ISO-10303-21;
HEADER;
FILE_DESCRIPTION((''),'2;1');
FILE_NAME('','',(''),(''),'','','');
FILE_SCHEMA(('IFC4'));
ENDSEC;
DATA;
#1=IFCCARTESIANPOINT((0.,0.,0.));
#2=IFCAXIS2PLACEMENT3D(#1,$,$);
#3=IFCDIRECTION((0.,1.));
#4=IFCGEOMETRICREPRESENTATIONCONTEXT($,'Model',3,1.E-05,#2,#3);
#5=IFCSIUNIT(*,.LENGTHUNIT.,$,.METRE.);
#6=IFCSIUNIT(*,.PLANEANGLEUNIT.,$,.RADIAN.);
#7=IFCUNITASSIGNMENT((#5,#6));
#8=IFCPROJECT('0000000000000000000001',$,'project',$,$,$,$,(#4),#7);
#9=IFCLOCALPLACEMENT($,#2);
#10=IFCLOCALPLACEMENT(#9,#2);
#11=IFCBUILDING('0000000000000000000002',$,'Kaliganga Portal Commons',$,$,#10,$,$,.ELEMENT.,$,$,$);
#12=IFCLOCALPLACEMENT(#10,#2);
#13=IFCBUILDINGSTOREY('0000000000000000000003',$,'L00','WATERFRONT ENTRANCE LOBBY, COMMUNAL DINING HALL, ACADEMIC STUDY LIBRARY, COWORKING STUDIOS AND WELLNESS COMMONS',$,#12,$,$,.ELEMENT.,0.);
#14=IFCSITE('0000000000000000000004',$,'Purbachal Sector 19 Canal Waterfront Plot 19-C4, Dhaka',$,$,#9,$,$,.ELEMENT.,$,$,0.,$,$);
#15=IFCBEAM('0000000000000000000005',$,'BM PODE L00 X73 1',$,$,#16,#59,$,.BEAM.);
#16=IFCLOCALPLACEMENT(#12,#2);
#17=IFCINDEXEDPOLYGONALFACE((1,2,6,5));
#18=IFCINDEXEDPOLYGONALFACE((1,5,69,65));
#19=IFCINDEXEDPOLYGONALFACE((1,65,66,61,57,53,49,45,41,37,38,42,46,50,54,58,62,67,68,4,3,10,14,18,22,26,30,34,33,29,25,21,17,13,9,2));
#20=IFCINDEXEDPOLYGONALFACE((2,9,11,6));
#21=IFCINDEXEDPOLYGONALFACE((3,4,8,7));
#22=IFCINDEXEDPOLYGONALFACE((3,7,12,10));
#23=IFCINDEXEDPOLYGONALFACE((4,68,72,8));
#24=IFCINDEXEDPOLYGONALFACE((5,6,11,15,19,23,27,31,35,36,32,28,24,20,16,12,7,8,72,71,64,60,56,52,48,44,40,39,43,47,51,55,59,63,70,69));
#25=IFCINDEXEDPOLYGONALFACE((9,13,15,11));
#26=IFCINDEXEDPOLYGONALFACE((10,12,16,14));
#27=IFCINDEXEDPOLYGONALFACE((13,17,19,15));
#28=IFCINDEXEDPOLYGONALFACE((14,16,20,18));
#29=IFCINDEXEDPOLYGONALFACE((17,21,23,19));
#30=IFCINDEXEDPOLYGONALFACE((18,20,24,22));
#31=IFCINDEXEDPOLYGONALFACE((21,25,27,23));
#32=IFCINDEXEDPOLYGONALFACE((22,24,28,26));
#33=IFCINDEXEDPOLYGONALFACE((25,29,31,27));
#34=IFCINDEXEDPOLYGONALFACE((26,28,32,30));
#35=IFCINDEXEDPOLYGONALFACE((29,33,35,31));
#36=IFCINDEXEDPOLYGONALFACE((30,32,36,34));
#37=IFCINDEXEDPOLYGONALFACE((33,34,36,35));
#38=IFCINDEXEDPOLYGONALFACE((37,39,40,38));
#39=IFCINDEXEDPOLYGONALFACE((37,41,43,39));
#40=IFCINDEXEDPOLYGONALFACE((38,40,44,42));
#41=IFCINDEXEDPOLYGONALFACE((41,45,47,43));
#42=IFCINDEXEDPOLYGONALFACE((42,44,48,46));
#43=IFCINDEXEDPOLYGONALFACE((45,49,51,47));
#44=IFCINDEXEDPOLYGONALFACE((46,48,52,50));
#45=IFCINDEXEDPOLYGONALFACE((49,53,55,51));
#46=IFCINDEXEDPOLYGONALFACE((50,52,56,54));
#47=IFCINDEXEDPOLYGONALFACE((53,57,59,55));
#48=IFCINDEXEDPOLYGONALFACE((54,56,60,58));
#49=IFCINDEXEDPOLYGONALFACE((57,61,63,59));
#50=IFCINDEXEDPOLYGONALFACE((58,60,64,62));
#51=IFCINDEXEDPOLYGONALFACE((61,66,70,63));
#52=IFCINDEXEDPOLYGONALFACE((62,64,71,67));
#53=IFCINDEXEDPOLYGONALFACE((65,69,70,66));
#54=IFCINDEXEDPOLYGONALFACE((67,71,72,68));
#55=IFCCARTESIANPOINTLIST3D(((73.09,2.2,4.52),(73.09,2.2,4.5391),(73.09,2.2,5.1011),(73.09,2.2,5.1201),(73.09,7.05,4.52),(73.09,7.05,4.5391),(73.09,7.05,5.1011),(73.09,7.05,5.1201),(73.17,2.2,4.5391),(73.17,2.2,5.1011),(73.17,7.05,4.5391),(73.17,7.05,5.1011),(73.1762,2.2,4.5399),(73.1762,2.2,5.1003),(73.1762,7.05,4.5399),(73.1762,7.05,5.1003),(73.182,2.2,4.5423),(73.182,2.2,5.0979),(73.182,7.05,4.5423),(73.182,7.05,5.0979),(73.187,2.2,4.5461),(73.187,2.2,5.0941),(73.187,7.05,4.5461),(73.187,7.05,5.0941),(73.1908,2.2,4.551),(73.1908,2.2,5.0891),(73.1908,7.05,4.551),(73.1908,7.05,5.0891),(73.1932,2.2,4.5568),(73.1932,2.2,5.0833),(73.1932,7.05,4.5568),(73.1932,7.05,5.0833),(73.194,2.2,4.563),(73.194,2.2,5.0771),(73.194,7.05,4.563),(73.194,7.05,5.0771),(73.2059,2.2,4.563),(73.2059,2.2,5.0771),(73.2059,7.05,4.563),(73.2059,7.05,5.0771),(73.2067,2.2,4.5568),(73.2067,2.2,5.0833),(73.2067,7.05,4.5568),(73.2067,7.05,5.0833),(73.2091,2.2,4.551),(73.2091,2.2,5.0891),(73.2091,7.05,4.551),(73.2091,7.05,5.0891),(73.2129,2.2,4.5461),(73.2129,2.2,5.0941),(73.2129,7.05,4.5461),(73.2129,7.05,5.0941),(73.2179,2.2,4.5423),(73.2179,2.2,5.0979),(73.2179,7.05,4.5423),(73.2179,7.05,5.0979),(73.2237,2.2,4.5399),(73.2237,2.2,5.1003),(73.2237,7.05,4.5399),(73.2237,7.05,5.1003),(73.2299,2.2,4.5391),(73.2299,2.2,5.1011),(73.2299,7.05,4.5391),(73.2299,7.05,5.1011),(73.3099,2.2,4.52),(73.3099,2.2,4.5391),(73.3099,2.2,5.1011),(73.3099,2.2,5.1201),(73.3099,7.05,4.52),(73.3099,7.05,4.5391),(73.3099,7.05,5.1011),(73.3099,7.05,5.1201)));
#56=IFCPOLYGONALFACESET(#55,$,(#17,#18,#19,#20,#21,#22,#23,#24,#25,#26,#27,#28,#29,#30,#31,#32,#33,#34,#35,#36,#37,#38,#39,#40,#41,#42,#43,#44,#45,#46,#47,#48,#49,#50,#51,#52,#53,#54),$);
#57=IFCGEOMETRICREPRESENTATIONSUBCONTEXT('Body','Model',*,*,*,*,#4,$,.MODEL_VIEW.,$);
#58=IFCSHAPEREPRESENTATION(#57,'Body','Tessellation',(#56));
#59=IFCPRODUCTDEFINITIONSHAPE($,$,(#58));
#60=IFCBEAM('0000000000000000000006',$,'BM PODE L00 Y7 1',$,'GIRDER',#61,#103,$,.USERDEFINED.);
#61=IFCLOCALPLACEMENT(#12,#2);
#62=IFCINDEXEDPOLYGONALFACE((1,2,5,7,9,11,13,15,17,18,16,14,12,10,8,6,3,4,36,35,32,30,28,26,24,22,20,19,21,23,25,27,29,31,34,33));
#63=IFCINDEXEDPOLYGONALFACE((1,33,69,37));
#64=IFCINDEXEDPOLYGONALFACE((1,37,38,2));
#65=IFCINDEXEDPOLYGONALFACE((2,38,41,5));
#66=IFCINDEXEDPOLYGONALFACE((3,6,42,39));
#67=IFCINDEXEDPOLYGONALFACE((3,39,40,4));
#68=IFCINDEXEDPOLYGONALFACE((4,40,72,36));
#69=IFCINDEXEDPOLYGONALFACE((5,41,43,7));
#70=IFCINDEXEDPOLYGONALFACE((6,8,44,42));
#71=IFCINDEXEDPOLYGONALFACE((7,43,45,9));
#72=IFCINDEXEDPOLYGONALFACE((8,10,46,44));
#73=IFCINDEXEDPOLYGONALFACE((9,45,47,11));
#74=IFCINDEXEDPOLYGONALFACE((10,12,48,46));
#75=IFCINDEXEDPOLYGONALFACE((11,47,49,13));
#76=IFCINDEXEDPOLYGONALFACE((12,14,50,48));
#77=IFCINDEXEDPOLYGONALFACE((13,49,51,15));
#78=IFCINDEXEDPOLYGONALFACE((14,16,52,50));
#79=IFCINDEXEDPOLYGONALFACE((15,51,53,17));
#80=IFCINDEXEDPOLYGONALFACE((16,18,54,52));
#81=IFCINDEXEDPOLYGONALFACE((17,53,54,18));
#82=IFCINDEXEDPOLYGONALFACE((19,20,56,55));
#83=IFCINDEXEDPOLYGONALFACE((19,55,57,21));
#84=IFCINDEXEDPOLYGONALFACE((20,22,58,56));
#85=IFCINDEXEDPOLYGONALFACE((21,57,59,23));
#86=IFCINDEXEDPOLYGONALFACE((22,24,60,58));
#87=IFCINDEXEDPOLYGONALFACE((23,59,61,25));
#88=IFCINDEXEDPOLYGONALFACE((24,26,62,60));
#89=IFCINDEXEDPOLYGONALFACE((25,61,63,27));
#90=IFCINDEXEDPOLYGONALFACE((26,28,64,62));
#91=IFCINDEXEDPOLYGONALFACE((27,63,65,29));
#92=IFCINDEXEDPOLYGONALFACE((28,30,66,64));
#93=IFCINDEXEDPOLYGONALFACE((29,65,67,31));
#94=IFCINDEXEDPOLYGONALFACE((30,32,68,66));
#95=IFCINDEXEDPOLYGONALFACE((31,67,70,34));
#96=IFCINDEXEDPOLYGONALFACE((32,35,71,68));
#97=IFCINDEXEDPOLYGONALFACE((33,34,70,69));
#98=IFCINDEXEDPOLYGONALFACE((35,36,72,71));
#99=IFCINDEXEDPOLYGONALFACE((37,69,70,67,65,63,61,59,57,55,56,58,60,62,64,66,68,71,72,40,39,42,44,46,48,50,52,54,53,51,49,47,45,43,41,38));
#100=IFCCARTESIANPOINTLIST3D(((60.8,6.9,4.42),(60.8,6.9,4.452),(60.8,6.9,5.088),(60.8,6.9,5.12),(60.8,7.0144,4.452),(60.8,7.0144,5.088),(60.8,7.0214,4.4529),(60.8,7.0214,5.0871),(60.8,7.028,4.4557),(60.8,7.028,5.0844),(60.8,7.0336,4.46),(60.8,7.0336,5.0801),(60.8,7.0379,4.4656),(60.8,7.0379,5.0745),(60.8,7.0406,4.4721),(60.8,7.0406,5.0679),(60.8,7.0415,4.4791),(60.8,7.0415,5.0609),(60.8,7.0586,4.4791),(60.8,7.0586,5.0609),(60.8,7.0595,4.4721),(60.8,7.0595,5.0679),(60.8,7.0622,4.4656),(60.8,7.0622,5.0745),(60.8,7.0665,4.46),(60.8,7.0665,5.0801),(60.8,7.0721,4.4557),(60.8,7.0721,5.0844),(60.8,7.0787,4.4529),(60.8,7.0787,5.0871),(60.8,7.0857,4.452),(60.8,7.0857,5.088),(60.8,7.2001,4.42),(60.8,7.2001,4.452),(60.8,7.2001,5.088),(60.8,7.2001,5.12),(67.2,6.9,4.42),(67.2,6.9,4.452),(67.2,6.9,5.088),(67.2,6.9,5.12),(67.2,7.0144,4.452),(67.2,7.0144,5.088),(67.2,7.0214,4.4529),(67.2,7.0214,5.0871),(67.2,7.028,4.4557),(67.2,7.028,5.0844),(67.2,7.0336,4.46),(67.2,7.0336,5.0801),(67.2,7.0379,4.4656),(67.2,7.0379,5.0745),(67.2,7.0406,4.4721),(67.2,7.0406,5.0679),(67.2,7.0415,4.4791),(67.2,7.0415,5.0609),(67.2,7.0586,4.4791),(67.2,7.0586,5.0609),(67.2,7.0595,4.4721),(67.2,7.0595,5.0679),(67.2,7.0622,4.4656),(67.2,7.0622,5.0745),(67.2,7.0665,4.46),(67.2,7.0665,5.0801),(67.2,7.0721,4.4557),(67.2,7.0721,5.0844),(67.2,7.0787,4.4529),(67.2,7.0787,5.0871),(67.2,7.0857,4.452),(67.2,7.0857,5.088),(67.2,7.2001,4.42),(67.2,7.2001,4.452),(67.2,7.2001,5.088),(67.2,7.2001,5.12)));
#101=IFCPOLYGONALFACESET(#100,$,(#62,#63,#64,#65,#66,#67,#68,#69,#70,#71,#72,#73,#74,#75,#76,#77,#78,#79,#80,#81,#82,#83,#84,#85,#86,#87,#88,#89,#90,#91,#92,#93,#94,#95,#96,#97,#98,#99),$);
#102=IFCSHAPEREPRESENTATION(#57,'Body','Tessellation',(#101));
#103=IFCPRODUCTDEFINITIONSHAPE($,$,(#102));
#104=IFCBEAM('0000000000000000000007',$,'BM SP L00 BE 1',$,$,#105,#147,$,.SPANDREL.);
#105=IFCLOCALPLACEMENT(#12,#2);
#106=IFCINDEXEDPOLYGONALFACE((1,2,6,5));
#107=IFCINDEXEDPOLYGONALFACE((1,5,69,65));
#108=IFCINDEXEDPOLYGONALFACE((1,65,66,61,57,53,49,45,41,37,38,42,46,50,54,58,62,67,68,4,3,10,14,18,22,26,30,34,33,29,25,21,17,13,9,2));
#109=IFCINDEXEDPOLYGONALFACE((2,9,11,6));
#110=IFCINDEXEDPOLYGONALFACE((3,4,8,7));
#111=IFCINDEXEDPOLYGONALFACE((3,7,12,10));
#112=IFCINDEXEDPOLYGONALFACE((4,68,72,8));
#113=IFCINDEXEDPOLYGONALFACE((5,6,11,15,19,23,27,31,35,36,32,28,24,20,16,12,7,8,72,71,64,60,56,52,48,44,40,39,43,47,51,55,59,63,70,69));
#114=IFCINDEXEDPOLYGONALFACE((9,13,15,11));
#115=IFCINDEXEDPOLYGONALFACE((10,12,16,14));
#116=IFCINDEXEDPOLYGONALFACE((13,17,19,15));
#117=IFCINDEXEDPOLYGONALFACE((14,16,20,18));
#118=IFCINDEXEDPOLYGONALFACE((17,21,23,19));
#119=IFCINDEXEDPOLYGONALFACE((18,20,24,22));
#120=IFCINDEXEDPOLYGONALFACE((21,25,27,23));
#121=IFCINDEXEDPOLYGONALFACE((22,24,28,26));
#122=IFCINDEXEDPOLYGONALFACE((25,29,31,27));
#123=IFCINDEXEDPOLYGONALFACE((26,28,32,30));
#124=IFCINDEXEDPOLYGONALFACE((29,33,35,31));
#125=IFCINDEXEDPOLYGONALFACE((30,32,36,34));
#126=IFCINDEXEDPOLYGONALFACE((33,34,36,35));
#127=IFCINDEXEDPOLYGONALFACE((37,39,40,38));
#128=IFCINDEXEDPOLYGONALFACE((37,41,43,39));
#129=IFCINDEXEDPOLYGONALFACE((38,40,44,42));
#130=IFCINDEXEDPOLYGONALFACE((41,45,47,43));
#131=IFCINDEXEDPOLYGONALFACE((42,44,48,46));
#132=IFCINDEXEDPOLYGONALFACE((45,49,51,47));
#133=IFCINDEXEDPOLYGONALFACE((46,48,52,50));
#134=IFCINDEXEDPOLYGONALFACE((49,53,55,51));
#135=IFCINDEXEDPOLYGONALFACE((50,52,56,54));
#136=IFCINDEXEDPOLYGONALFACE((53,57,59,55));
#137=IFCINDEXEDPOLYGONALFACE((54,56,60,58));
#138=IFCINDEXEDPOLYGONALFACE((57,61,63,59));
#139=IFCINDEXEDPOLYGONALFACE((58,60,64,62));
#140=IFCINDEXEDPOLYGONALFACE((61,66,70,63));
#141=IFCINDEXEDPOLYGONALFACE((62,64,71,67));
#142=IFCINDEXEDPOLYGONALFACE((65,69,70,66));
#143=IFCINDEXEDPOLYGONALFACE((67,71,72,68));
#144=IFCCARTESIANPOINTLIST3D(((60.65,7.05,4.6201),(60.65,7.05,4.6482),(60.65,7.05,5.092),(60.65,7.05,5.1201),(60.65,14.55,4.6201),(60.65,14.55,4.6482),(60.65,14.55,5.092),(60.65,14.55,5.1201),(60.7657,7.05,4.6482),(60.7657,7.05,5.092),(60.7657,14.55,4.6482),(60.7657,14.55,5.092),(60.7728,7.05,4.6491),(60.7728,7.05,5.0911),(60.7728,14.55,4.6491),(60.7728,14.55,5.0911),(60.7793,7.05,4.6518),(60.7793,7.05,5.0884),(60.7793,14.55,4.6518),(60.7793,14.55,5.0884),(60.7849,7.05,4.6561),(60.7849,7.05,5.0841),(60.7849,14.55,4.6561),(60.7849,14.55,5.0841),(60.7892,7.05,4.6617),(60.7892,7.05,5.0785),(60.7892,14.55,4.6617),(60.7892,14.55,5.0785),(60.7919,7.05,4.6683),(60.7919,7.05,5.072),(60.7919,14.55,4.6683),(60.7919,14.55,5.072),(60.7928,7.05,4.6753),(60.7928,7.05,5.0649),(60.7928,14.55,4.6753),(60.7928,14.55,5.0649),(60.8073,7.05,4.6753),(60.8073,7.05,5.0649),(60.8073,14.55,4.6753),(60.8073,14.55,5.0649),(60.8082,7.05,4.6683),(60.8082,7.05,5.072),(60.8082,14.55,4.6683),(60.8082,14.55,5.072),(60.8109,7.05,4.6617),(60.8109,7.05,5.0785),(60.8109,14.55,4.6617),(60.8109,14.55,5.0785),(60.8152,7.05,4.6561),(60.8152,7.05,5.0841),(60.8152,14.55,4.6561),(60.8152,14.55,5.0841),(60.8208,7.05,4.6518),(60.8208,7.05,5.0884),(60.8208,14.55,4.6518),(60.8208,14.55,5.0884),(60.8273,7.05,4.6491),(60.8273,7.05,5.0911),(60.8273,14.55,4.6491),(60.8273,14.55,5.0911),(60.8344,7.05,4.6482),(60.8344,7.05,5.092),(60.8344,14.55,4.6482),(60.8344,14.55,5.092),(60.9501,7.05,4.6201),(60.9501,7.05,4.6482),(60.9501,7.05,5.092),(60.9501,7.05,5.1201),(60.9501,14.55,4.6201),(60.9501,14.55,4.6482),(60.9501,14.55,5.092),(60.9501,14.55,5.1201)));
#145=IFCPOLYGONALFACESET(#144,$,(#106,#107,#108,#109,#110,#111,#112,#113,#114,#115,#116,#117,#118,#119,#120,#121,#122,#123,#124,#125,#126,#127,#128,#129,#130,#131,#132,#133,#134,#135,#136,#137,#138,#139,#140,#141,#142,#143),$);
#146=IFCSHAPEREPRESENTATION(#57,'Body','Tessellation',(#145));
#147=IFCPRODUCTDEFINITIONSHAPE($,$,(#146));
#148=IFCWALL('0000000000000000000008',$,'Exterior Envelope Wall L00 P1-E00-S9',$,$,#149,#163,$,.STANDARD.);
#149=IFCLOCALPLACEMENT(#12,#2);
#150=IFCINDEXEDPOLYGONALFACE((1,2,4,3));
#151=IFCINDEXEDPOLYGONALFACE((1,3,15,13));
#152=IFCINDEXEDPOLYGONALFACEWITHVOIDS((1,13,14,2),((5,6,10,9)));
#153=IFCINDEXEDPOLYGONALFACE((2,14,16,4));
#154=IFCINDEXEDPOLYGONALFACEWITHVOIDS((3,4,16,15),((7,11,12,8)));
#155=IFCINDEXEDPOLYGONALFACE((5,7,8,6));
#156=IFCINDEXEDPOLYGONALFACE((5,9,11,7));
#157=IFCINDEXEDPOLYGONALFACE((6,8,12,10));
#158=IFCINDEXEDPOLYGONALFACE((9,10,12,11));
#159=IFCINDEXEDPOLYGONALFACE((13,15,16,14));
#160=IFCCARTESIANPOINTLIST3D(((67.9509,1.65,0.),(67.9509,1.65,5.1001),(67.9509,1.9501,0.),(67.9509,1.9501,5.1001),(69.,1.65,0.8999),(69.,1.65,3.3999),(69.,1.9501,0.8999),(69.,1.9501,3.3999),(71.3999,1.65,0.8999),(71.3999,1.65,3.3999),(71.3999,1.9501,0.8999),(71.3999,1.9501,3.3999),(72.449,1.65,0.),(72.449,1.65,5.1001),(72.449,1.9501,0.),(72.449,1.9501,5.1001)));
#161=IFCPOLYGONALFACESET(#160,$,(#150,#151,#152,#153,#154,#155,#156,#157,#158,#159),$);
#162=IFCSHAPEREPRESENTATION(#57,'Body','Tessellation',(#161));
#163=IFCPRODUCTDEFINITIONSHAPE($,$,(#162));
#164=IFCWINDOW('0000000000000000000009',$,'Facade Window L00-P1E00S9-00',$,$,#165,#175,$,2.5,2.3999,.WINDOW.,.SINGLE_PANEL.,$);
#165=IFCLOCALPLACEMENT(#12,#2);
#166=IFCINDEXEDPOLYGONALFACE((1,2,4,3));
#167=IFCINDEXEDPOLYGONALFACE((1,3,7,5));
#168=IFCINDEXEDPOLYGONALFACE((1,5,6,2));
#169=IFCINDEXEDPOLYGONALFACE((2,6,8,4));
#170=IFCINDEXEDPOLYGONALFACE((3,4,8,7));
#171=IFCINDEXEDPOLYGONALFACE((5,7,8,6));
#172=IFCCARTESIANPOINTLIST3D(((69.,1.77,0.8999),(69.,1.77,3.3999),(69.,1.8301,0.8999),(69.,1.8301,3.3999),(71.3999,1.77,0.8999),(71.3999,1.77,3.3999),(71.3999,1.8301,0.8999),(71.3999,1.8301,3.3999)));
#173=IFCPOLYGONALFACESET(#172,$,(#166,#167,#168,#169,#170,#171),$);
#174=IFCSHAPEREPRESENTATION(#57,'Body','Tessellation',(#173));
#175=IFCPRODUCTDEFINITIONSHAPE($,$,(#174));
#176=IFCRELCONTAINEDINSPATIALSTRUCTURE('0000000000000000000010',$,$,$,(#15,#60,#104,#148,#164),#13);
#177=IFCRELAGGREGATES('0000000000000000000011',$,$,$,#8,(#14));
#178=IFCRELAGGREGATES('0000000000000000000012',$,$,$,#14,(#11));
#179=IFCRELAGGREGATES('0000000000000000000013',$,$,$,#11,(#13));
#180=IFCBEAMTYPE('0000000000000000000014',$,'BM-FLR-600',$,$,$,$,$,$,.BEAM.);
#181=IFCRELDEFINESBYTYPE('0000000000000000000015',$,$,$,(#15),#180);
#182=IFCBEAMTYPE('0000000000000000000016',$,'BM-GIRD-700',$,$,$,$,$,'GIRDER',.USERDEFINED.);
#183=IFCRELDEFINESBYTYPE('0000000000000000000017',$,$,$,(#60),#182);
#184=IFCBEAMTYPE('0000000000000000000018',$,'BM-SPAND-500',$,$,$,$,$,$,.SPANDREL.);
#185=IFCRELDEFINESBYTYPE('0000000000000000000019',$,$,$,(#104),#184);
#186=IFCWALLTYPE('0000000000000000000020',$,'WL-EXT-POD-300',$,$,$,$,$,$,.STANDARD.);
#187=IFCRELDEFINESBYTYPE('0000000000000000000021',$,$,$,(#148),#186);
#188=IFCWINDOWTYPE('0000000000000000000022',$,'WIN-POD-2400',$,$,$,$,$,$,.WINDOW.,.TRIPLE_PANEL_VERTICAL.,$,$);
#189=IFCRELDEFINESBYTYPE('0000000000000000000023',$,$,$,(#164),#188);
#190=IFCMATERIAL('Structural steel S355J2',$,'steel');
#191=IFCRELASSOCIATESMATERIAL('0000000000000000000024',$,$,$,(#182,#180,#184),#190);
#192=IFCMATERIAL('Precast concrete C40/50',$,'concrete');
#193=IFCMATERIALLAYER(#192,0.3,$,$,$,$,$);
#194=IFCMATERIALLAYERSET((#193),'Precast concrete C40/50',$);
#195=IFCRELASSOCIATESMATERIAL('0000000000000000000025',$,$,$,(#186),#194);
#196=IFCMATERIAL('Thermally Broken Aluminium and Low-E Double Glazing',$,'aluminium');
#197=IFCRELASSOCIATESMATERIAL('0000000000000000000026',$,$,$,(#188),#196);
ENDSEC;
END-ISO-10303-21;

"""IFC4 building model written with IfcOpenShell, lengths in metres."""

from ifc_helpers import new_model, si_unit, direction, frame, frame_2d, origin, origin_2d, place, context, subcontext, project, spatial, rectangle, i_section, extrude, source, transform, mapped, material, layer, layer_set, material_profile, profile_set, type_object, element, fill, save


model = new_model("IFC4")

# Units and contexts
model_context = context("Model", 3, precision=1e-05, world=origin(), true_north=direction((0.0, 1.0)))
body_context = subcontext(model_context, "Body", "Model", "MODEL_VIEW")
ifc_project = project(units=[si_unit("LENGTHUNIT", "METRE"), si_unit("PLANEANGLEUNIT", "RADIAN")], contexts=[model_context])

# Site, building, storey
site_placement = place(None, origin())
site = spatial("IfcSite", under=ifc_project, at=site_placement, Name="Purbachal Sector 19 Canal Waterfront Plot 19-C4, Dhaka", CompositionType="ELEMENT", RefElevation=0.0)
building_placement = place(site_placement, origin())
building = spatial("IfcBuilding", under=site, at=building_placement, Name="Kaliganga Portal Commons", CompositionType="ELEMENT")
storey_placement = place(building_placement, origin())
storey = spatial("IfcBuildingStorey", under=building, at=storey_placement, Name="L00", Description="WATERFRONT ENTRANCE LOBBY, COMMUNAL DINING HALL, ACADEMIC STUDY LIBRARY, COWORKING STUDIOS AND WELLNESS COMMONS", CompositionType="ELEMENT", Elevation=0.0)

# Beams
ifc_material_1 = material(Name="Structural steel S355J2", Category="steel")
ifc_material_profile_1 = material_profile(ifc_material_1, i_section(OverallWidth=0.3, OverallDepth=0.7, WebThickness=0.0171, FlangeThickness=0.032, FilletRadius=0.0271, at=origin_2d()), Name="HE 700 B")
ifc_profile_set_1 = profile_set([ifc_material_profile_1], Name="Structural steel S355J2 wide-flange")
beam_type_1 = type_object("IfcBeamType", Name="BM-GIRD-700", ElementType="GIRDER", PredefinedType="USERDEFINED", material=ifc_profile_set_1)
ifc_material_profile_2 = material_profile(ifc_material_1, i_section(OverallWidth=0.22, OverallDepth=0.6001, WebThickness=0.012, FlangeThickness=0.019, FilletRadius=0.0239, at=origin_2d()), Name="IPE 600")
ifc_profile_set_2 = profile_set([ifc_material_profile_2], Name="Structural steel S355J2 wide-flange")
beam_type_2 = type_object("IfcBeamType", Name="BM-FLR-600", PredefinedType="BEAM", material=ifc_profile_set_2)
shared_shape_1 = source(origin(), body_context, "Body", "SweptSolid", [
    extrude(i_section(OverallWidth=0.22, OverallDepth=0.6001, WebThickness=0.012, FlangeThickness=0.019, FilletRadius=0.0239, at=origin_2d()), origin(), (0.0, 0.0, 1.0), 4.8501),
])
for number, where, z_axis, x_axis, name in (
    (1, (73.2, 2.2, 4.8201), (0.0, 1.0, 0.0), (-1.0, 0.0, 0.0), "BM PODE L00 X73 1"),
):
    element("IfcBeam", number, at=place(storey_placement, frame(where, z_axis=z_axis, x_axis=x_axis)), inside=storey, type_object=beam_type_2, Name=name, PredefinedType="BEAM", context=body_context, shape_type="MappedRepresentation", body=[
        mapped(shared_shape_1, transform((0.0, 0.0, 0.0), x_axis=(1.0, 0.0, 0.0), y_axis=(0.0, 1.0, 0.0), z_axis=(0.0, 0.0, 1.0), scale=1.0)),
    ])
shared_shape_2 = source(origin(), body_context, "Body", "SweptSolid", [
    extrude(i_section(OverallWidth=0.3, OverallDepth=0.7, WebThickness=0.0171, FlangeThickness=0.032, FilletRadius=0.0271, at=origin_2d()), origin(), (0.0, 0.0, 1.0), 6.3999),
])
beam_1_placement = place(storey_placement, frame((60.8, 7.05, 4.77), z_axis=(1.0, 0.0, 0.0), x_axis=(0.0, 1.0, 0.0)))
element("IfcBeam", 2, at=beam_1_placement, inside=storey, type_object=beam_type_1, Name="BM PODE L00 Y7 1", ObjectType="GIRDER", PredefinedType="USERDEFINED", context=body_context, shape_type="MappedRepresentation", body=[
    mapped(shared_shape_2, transform((0.0, 0.0, 0.0), x_axis=(1.0, 0.0, 0.0), y_axis=(0.0, 1.0, 0.0), z_axis=(0.0, 0.0, 1.0), scale=1.0)),
])
ifc_material_profile_3 = material_profile(ifc_material_1, i_section(OverallWidth=0.3, OverallDepth=0.5, WebThickness=0.0144, FlangeThickness=0.0281, FilletRadius=0.0271, at=origin_2d()), Name="HE 500 B")
ifc_profile_set_3 = profile_set([ifc_material_profile_3], Name="Structural steel S355J2 wide-flange")
beam_type_3 = type_object("IfcBeamType", Name="BM-SPAND-500", PredefinedType="SPANDREL", material=ifc_profile_set_3)
shared_shape_3 = source(origin(), body_context, "Body", "SweptSolid", [
    extrude(i_section(OverallWidth=0.3, OverallDepth=0.5, WebThickness=0.0144, FlangeThickness=0.0281, FilletRadius=0.0271, at=origin_2d()), origin(), (0.0, 0.0, 1.0), 7.5),
])
beam_2_placement = place(storey_placement, frame((60.8, 7.05, 4.8701), z_axis=(0.0, 1.0, 0.0), x_axis=(-1.0, 0.0, 0.0)))
element("IfcBeam", 3, at=beam_2_placement, inside=storey, type_object=beam_type_3, Name="BM SP L00 BE 1", PredefinedType="SPANDREL", context=body_context, shape_type="MappedRepresentation", body=[
    mapped(shared_shape_3, transform((0.0, 0.0, 0.0), x_axis=(1.0, 0.0, 0.0), y_axis=(0.0, 1.0, 0.0), z_axis=(0.0, 0.0, 1.0), scale=1.0)),
])

# Shared definitions
ifc_material_2 = material(Name="Precast concrete C40/50", Category="concrete")
ifc_layer_1 = layer(ifc_material_2, 0.3)
ifc_layer_set_1 = layer_set([ifc_layer_1], Name="Precast concrete C40/50")
wall_type_1 = type_object("IfcWallType", Name="WL-EXT-POD-300", PredefinedType="STANDARD", material=ifc_layer_set_1)

# Wall, opening, window
wall_1_placement = place(storey_placement, frame((72.449, 1.8, 0.0), z_axis=(0.0, 0.0, 1.0), x_axis=(-1.0, 0.0, 0.0)))
wall_1 = element("IfcWall", 4, at=wall_1_placement, inside=storey, type_object=wall_type_1, Name="Exterior Envelope Wall L00 P1-E00-S9", PredefinedType="STANDARD", context=body_context, shape_type="SweptSolid", body=[
    extrude(rectangle(XDim=4.498, YDim=0.3, at=frame_2d((2.249, 0.0))), origin(), (0.0, 0.0, 1.0), 5.1001),
])
opening_1_placement = place(wall_1_placement, frame((1.0491, 0.0, 0.8999)))
opening_1 = element("IfcOpeningElement", 5, at=opening_1_placement, cuts=wall_1, PredefinedType="OPENING", context=body_context, shape_type="SweptSolid", body=[
    extrude(rectangle(XDim=2.3999, YDim=2.5, at=frame_2d((1.2, 1.25))), frame((0.0, 0.1602, 0.0), z_axis=(0.0, -1.0, 0.0), x_axis=(1.0, 0.0, 0.0)), (0.0, 0.0, 1.0), 0.3201),
])
ifc_material_3 = material(Name="Thermally Broken Aluminium and Low-E Double Glazing", Category="aluminium")
window_type_1 = type_object("IfcWindowType", Name="WIN-POD-2400", PartitioningType="TRIPLE_PANEL_VERTICAL", PredefinedType="WINDOW", material=ifc_material_3)
window_1_placement = place(opening_1_placement, origin())
window_1 = element("IfcWindow", 6, at=window_1_placement, inside=storey, type_object=window_type_1, Name="Facade Window L00-P1E00S9-00", OverallHeight=2.5, OverallWidth=2.3999, PartitioningType="SINGLE_PANEL", PredefinedType="WINDOW", context=body_context, shape_type="SweptSolid", body=[
    extrude(rectangle(XDim=2.3999, YDim=2.5, at=frame_2d((1.2, 1.25))), frame((0.0, 0.03, 0.0), z_axis=(0.0, -1.0, 0.0), x_axis=(1.0, 0.0, 0.0)), (0.0, 0.0, 1.0), 0.0601),
])
fill(opening_1, window_1)

save(model, "model.ifc")
